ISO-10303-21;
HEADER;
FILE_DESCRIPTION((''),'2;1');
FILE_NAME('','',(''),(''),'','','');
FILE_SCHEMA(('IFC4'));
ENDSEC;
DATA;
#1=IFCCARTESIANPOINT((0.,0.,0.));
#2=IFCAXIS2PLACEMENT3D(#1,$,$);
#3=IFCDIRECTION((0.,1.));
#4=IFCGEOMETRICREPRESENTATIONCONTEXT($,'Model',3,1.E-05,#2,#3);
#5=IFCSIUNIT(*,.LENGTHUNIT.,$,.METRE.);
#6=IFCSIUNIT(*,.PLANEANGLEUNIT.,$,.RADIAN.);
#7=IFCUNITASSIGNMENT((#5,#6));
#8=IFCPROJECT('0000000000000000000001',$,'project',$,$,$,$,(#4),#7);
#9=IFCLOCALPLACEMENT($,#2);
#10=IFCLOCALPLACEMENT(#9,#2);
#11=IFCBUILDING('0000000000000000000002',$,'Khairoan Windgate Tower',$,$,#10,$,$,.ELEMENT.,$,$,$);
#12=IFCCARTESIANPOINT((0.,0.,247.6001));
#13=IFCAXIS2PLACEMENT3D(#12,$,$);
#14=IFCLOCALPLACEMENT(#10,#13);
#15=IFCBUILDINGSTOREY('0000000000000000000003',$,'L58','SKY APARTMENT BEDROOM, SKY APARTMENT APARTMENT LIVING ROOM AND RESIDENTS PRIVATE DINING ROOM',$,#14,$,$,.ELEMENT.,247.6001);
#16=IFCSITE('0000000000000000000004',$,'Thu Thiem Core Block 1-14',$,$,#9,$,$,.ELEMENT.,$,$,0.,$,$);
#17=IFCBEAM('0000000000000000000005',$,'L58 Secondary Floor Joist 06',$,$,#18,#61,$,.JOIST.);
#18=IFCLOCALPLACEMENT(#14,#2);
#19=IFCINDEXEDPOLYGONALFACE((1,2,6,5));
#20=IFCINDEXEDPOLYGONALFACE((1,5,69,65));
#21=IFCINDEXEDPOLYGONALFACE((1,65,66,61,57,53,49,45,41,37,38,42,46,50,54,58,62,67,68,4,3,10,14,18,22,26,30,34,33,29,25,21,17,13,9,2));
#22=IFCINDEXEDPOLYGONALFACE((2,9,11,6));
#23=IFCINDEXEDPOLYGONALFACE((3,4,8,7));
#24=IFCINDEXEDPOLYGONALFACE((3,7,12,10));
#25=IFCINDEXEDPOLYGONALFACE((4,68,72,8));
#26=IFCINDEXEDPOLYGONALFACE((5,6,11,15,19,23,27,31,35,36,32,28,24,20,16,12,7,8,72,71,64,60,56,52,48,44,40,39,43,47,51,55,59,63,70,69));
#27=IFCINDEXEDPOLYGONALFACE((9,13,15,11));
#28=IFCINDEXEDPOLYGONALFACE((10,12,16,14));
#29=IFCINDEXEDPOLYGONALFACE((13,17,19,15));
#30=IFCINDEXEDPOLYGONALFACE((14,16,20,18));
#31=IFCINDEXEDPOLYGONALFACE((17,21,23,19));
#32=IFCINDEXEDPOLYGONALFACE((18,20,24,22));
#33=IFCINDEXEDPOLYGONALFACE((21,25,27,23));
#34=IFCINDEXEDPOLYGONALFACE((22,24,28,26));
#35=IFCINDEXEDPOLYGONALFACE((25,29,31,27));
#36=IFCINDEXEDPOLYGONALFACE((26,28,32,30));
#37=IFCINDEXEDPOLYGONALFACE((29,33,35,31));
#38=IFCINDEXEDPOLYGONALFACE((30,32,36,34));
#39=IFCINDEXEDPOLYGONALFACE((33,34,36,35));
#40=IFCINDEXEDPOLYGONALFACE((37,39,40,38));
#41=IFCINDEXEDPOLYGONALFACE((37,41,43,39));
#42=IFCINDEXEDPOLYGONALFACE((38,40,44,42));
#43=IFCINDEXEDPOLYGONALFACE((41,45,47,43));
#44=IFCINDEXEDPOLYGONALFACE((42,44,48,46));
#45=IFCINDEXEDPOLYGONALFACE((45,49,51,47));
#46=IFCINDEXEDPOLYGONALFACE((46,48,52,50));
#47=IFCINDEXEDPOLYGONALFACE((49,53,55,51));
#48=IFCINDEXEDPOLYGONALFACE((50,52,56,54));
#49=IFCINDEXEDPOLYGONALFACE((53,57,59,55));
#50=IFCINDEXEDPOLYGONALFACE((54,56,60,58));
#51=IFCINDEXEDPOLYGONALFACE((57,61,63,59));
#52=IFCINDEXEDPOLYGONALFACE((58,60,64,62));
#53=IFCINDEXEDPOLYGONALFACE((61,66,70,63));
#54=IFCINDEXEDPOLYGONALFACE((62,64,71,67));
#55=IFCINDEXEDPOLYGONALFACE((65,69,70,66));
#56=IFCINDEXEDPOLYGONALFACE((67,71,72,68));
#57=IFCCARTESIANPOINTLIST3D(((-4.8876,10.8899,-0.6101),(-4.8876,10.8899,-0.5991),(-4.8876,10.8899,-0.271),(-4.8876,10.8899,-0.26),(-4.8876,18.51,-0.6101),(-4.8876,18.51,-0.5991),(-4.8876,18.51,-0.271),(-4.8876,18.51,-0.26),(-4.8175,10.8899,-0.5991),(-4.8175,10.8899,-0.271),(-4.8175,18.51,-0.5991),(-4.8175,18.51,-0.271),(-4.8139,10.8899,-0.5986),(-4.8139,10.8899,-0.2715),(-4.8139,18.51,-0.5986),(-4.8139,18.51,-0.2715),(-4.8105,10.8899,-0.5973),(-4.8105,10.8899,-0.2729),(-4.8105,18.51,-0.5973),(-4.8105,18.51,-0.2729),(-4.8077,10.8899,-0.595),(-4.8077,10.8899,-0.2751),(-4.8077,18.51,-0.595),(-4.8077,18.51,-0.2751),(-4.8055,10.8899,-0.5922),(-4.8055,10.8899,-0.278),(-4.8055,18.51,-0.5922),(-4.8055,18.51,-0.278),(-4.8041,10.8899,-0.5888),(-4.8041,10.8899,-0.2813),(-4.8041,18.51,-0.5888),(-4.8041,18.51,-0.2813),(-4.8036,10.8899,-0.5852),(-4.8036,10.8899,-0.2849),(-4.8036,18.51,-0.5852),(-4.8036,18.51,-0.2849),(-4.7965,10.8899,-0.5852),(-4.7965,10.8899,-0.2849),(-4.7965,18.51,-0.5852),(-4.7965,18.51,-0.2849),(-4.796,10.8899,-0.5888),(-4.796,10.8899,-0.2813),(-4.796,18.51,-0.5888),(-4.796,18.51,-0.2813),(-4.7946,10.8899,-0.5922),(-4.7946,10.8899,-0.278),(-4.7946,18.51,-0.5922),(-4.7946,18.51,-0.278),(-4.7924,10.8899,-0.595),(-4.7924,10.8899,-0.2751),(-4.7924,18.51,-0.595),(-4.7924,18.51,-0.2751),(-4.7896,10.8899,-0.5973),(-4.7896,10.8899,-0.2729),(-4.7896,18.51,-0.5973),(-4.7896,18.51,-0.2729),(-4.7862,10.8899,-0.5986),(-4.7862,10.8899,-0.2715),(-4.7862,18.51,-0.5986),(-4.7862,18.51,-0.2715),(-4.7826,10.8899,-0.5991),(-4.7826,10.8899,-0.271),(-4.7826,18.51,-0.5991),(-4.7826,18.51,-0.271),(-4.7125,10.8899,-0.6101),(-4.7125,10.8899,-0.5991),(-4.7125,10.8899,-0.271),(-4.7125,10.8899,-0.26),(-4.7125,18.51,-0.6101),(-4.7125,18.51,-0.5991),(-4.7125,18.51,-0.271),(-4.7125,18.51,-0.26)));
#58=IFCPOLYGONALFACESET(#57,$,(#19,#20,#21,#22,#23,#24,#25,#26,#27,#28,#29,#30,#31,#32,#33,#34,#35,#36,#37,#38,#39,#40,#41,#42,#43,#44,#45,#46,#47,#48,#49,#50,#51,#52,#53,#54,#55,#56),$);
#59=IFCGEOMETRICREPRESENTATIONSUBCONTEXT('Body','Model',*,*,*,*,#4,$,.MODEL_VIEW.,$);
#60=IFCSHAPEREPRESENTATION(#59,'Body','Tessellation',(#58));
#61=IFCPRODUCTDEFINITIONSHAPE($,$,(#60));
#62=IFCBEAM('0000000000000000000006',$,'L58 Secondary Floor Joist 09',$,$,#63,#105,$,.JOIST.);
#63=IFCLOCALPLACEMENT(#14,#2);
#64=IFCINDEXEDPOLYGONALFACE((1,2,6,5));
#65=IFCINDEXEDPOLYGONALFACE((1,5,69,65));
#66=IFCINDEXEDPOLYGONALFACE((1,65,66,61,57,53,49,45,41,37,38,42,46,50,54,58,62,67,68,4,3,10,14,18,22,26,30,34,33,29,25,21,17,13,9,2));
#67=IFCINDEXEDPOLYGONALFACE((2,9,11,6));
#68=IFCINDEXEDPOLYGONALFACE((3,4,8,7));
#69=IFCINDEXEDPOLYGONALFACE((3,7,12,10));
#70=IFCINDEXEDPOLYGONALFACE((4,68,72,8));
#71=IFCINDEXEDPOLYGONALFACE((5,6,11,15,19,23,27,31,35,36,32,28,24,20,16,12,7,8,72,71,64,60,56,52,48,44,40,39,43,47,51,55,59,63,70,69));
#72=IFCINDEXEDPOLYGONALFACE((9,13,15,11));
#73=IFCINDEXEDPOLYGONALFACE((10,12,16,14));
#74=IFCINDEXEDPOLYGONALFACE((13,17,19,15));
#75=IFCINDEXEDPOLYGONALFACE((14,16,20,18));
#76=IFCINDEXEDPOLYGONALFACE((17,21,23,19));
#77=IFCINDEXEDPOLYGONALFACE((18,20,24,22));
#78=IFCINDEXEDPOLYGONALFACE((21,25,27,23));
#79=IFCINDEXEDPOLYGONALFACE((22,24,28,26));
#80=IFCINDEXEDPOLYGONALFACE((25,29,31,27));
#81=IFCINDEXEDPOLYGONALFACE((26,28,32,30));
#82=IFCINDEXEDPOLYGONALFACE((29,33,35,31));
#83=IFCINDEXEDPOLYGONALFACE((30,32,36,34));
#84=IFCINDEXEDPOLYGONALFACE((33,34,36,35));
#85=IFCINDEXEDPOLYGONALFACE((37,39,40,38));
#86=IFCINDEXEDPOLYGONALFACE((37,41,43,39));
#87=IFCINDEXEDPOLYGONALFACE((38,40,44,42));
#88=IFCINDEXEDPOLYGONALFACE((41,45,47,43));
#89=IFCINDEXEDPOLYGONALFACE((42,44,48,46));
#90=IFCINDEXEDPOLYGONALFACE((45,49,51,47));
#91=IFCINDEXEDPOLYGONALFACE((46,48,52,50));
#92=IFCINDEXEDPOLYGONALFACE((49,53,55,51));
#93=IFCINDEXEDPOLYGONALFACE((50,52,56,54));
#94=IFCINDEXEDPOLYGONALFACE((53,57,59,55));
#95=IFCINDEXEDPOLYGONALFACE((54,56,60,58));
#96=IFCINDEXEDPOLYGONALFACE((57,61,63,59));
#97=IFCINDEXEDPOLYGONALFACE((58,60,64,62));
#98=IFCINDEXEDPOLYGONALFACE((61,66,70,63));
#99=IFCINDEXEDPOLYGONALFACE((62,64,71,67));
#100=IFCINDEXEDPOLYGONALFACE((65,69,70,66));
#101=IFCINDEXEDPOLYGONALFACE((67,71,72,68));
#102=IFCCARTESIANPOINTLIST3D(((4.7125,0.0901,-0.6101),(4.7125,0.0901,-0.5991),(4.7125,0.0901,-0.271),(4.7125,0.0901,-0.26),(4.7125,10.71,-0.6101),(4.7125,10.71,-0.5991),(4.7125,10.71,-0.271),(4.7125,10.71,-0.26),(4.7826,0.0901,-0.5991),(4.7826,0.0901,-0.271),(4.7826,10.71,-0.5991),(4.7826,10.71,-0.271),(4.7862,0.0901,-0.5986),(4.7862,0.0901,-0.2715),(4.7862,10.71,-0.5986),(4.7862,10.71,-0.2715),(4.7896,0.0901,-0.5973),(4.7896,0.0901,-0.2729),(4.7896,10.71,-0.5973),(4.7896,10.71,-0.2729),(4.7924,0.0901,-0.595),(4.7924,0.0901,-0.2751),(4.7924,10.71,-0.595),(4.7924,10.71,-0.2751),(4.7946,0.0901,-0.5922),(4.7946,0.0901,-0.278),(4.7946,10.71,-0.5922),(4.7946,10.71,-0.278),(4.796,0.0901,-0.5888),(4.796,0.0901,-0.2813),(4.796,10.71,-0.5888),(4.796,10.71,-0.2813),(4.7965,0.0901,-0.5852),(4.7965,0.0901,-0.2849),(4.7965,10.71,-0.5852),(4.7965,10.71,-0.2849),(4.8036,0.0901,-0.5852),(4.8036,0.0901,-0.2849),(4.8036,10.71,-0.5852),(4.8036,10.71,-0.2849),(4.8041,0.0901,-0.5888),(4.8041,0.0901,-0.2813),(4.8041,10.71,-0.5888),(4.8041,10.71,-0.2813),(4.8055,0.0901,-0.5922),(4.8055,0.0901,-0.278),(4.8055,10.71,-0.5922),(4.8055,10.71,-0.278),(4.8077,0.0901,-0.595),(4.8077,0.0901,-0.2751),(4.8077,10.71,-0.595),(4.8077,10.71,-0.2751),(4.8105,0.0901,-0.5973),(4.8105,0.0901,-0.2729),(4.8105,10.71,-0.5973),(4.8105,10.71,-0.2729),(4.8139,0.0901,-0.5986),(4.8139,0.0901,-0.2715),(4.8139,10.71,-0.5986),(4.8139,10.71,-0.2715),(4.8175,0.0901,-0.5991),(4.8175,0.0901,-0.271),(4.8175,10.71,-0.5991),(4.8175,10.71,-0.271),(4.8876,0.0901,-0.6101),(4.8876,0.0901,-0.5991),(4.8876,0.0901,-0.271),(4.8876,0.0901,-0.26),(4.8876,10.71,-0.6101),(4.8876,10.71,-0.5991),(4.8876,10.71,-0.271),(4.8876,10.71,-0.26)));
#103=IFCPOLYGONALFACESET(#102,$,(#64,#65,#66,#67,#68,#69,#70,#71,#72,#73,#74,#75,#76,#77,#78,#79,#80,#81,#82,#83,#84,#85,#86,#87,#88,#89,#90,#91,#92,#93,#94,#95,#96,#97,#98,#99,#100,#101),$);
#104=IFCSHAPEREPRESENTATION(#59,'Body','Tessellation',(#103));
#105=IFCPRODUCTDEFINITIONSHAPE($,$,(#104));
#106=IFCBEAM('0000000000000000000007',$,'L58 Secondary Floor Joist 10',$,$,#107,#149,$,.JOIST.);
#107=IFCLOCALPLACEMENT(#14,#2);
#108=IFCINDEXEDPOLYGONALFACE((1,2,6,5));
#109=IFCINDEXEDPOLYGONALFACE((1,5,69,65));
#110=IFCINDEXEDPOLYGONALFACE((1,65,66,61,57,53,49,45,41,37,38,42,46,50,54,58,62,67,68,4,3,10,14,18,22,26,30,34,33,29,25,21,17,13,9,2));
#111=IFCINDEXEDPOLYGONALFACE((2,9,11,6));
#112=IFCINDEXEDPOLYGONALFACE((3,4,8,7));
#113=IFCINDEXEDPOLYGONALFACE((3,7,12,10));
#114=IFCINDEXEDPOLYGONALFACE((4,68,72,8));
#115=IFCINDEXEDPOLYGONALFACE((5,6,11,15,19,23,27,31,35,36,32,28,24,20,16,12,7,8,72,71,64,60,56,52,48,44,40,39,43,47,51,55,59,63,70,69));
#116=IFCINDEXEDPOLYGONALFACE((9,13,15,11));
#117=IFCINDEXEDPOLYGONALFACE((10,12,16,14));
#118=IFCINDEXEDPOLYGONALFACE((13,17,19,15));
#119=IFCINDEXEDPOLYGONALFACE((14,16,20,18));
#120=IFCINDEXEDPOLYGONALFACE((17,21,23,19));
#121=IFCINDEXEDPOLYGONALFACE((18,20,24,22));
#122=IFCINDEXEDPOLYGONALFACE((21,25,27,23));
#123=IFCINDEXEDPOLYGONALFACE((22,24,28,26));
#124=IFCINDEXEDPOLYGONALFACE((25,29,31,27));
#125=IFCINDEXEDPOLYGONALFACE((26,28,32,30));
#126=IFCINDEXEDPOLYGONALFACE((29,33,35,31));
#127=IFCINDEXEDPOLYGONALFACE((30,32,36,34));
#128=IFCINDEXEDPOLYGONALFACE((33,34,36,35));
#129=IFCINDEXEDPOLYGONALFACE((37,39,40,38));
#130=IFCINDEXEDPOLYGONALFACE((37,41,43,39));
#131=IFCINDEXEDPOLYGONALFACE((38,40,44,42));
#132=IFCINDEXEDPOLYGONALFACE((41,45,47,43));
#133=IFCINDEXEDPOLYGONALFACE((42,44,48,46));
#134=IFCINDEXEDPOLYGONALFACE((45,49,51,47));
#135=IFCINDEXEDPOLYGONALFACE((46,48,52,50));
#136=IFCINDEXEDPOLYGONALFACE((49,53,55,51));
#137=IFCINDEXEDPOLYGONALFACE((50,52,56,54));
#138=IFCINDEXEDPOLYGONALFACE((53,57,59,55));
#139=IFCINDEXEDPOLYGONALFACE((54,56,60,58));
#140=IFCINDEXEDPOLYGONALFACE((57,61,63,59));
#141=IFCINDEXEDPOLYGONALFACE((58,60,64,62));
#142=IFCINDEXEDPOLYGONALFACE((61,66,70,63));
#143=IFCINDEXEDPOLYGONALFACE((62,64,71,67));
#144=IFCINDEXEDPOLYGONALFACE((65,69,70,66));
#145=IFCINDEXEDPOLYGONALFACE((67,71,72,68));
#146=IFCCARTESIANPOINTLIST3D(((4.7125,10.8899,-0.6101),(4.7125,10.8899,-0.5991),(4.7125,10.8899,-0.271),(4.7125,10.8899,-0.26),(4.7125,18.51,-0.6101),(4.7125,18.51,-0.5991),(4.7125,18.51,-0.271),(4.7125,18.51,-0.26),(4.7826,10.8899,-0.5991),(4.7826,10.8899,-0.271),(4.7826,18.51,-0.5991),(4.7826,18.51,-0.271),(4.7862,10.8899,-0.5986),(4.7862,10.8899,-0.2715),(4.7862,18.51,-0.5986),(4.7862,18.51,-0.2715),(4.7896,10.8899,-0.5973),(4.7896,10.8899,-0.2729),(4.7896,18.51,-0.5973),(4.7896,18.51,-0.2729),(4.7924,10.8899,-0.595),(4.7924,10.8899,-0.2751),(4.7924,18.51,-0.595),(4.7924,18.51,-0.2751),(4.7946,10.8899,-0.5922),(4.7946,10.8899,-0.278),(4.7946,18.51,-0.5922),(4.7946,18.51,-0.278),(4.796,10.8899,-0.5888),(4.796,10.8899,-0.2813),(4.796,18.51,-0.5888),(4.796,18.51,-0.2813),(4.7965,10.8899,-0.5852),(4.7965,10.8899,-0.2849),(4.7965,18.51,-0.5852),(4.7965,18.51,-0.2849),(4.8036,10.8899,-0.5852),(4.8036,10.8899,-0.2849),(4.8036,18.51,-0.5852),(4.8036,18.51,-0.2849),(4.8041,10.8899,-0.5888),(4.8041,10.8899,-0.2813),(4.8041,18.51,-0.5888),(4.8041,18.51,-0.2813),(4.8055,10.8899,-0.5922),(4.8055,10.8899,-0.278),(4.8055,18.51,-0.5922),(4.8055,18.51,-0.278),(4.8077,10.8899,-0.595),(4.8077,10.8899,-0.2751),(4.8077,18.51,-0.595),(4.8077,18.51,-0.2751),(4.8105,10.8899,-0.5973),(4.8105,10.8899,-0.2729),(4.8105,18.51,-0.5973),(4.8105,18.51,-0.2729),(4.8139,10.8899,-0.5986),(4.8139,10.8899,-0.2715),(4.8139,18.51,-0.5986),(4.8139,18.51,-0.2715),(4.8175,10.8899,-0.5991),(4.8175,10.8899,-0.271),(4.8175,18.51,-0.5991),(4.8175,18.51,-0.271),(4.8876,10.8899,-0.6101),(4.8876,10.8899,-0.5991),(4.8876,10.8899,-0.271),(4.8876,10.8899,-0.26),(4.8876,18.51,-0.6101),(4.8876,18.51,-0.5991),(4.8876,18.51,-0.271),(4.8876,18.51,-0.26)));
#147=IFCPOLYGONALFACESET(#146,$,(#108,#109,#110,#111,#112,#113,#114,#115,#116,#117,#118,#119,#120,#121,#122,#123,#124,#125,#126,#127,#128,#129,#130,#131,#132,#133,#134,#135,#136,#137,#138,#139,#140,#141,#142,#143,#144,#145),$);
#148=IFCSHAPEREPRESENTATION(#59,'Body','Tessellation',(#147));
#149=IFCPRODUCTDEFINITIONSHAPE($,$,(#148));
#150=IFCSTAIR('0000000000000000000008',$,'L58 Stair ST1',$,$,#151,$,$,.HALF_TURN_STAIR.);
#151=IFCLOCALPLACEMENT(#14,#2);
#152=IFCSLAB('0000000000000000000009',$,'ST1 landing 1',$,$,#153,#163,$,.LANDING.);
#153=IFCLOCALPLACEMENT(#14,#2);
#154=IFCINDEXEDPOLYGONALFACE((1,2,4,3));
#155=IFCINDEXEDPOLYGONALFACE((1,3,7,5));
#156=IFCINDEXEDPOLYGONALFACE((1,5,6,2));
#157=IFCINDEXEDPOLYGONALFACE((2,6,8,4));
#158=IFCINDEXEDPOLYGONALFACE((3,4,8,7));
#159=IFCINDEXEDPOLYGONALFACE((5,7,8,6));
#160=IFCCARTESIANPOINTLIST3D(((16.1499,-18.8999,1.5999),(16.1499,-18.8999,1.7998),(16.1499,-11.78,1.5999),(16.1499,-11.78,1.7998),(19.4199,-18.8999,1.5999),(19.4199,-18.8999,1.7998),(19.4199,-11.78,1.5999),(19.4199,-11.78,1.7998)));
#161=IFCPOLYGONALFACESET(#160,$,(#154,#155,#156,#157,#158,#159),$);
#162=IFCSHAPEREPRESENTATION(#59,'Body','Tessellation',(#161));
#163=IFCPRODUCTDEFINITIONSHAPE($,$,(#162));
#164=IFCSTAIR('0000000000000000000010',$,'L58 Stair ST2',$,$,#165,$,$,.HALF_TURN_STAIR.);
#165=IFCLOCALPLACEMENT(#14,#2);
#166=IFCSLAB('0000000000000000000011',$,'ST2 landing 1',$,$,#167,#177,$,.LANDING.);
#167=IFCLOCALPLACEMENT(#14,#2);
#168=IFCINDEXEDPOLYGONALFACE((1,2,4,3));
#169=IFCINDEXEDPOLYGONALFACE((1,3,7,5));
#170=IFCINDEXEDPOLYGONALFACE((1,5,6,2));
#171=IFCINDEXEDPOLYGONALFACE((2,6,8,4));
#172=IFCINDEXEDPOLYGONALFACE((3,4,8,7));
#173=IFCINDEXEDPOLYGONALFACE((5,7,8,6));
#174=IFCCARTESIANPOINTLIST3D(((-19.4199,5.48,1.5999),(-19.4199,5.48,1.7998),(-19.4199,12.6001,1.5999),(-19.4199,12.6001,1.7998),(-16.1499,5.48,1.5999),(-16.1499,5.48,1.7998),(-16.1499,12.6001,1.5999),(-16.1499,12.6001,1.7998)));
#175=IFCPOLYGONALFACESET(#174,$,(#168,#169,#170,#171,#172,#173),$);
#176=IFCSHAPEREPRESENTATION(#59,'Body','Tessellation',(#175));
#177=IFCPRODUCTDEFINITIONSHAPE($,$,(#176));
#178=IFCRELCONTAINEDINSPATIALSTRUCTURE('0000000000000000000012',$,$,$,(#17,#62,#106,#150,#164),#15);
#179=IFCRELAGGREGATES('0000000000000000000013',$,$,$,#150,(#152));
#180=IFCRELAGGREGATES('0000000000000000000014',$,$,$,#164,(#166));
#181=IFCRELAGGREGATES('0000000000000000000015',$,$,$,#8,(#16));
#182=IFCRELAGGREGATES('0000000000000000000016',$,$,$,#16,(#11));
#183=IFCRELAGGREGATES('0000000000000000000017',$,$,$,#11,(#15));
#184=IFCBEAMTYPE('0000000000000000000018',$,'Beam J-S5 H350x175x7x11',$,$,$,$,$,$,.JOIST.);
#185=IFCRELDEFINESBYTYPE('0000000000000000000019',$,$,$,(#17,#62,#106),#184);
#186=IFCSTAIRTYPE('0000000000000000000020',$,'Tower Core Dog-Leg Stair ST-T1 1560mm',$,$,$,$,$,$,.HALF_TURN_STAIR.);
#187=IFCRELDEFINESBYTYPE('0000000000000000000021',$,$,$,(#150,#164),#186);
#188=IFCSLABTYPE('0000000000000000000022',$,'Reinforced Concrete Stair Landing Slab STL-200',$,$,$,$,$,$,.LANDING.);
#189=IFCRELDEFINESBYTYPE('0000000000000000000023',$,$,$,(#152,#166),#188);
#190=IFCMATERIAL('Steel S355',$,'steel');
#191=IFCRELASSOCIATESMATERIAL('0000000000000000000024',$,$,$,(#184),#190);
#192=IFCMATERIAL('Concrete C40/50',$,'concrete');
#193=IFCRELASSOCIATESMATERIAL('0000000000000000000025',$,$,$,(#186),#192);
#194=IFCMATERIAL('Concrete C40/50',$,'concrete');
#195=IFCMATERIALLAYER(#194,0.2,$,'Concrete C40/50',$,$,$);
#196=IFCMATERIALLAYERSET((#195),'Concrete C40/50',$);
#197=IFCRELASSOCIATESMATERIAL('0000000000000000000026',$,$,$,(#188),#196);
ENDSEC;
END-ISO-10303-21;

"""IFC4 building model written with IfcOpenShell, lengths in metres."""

from ifc_helpers import new_model, si_unit, direction, frame, origin, origin_2d, place, context, subcontext, project, spatial, polyline, i_section, outline, extrude, material, layer, layer_set, material_profile, profile_set, type_object, element, aggregate, save


model = new_model("IFC4")

# Units and contexts
model_context = context("Model", 3, precision=1e-05, world=origin(), true_north=direction((0.0, 1.0)))
body_context = subcontext(model_context, "Body", "Model", "MODEL_VIEW")
ifc_project = project(units=[si_unit("LENGTHUNIT", "METRE"), si_unit("PLANEANGLEUNIT", "RADIAN")], contexts=[model_context])

# Site, building, storey
site_placement = place(None, origin())
site = spatial("IfcSite", under=ifc_project, at=site_placement, Name="Thu Thiem Core Block 1-14", CompositionType="ELEMENT", RefElevation=0.0)
building_placement = place(site_placement, origin())
building = spatial("IfcBuilding", under=site, at=building_placement, Name="Khairoan Windgate Tower", CompositionType="ELEMENT")
storey_placement = place(building_placement, frame((0.0, 0.0, 247.6001)))
storey = spatial("IfcBuildingStorey", under=building, at=storey_placement, Name="L58", Description="SKY APARTMENT BEDROOM, SKY APARTMENT APARTMENT LIVING ROOM AND RESIDENTS PRIVATE DINING ROOM", CompositionType="ELEMENT", Elevation=247.6001)

# Beams
ifc_material_1 = material(Name="Steel S355", Category="steel")
ifc_material_profile_1 = material_profile(ifc_material_1, i_section(OverallWidth=0.175, OverallDepth=0.3501, WebThickness=0.0071, FlangeThickness=0.011, FilletRadius=0.0139, at=origin_2d()))
ifc_profile_set_1 = profile_set([ifc_material_profile_1], Name="Steel S355")
beam_type_1 = type_object("IfcBeamType", Name="Beam J-S5 H350x175x7x11", PredefinedType="JOIST", material=ifc_profile_set_1)
beam_1_placement = place(storey_placement, frame((-4.8, 10.8899, -0.4351), z_axis=(0.0, 1.0, 0.0), x_axis=(-1.0, 0.0, 0.0)))
element("IfcBeam", 1, at=beam_1_placement, inside=storey, type_object=beam_type_1, Name="L58 Secondary Floor Joist 06", PredefinedType="JOIST", context=body_context, shape_type="SweptSolid", body=[
    extrude(i_section(OverallWidth=0.175, OverallDepth=0.3501, WebThickness=0.0071, FlangeThickness=0.011, FilletRadius=0.0139, at=origin_2d()), origin(), (0.0, 0.0, 1.0), 7.6201),
])
beam_2_placement = place(storey_placement, frame((4.8, 0.0901, -0.4351), z_axis=(0.0, 1.0, 0.0), x_axis=(-1.0, 0.0, 0.0)))
element("IfcBeam", 2, at=beam_2_placement, inside=storey, type_object=beam_type_1, Name="L58 Secondary Floor Joist 09", PredefinedType="JOIST", context=body_context, shape_type="SweptSolid", body=[
    extrude(i_section(OverallWidth=0.175, OverallDepth=0.3501, WebThickness=0.0071, FlangeThickness=0.011, FilletRadius=0.0139, at=origin_2d()), origin(), (0.0, 0.0, 1.0), 10.6199),
])
beam_3_placement = place(storey_placement, frame((4.8, 10.8899, -0.4351), z_axis=(0.0, 1.0, 0.0), x_axis=(-1.0, 0.0, 0.0)))
element("IfcBeam", 3, at=beam_3_placement, inside=storey, type_object=beam_type_1, Name="L58 Secondary Floor Joist 10", PredefinedType="JOIST", context=body_context, shape_type="SweptSolid", body=[
    extrude(i_section(OverallWidth=0.175, OverallDepth=0.3501, WebThickness=0.0071, FlangeThickness=0.011, FilletRadius=0.0139, at=origin_2d()), origin(), (0.0, 0.0, 1.0), 7.6201),
])

# Stairs, slabs
ifc_material_2 = material(Name="Concrete C40/50", Category="concrete")
stair_type = type_object("IfcStairType", Name="Tower Core Dog-Leg Stair ST-T1 1560mm", PredefinedType="HALF_TURN_STAIR", material=ifc_material_2)
stair_1_placement = place(storey_placement, origin())
stair_1 = element("IfcStair", 4, at=stair_1_placement, inside=storey, type_object=stair_type, Name="L58 Stair ST1", PredefinedType="HALF_TURN_STAIR")
ifc_material_3 = material(Name="Concrete C40/50", Category="concrete")
ifc_layer_1 = layer(ifc_material_3, 0.2, Name="Concrete C40/50")
ifc_layer_set_1 = layer_set([ifc_layer_1], Name="Concrete C40/50")
slab_type_1 = type_object("IfcSlabType", Name="Reinforced Concrete Stair Landing Slab STL-200", PredefinedType="LANDING", material=ifc_layer_set_1)
slab_1_placement = place(storey_placement, frame((0.0, 0.0, 1.5999)))
slab_1 = element("IfcSlab", 5, at=slab_1_placement, type_object=slab_type_1, Name="ST1 landing 1", PredefinedType="LANDING", context=body_context, shape_type="SweptSolid", body=[
    extrude(outline(polyline([(16.1499, -11.78), (16.1499, -18.8999), (19.4199, -18.8999), (19.4199, -11.78), (16.1499, -11.78)])), origin(), (0.0, 0.0, 1.0), 0.2),
])
aggregate(stair_1, [slab_1])
stair_2_placement = place(storey_placement, origin())
stair_2 = element("IfcStair", 6, at=stair_2_placement, inside=storey, type_object=stair_type, Name="L58 Stair ST2", PredefinedType="HALF_TURN_STAIR")
slab_2_placement = place(storey_placement, frame((0.0, 0.0, 1.5999)))
slab_2 = element("IfcSlab", 7, at=slab_2_placement, type_object=slab_type_1, Name="ST2 landing 1", PredefinedType="LANDING", context=body_context, shape_type="SweptSolid", body=[
    extrude(outline(polyline([(-16.1499, 5.48), (-16.1499, 12.6001), (-19.4199, 12.6001), (-19.4199, 5.48), (-16.1499, 5.48)])), origin(), (0.0, 0.0, 1.0), 0.2),
])
aggregate(stair_2, [slab_2])

save(model, "model.ifc")
